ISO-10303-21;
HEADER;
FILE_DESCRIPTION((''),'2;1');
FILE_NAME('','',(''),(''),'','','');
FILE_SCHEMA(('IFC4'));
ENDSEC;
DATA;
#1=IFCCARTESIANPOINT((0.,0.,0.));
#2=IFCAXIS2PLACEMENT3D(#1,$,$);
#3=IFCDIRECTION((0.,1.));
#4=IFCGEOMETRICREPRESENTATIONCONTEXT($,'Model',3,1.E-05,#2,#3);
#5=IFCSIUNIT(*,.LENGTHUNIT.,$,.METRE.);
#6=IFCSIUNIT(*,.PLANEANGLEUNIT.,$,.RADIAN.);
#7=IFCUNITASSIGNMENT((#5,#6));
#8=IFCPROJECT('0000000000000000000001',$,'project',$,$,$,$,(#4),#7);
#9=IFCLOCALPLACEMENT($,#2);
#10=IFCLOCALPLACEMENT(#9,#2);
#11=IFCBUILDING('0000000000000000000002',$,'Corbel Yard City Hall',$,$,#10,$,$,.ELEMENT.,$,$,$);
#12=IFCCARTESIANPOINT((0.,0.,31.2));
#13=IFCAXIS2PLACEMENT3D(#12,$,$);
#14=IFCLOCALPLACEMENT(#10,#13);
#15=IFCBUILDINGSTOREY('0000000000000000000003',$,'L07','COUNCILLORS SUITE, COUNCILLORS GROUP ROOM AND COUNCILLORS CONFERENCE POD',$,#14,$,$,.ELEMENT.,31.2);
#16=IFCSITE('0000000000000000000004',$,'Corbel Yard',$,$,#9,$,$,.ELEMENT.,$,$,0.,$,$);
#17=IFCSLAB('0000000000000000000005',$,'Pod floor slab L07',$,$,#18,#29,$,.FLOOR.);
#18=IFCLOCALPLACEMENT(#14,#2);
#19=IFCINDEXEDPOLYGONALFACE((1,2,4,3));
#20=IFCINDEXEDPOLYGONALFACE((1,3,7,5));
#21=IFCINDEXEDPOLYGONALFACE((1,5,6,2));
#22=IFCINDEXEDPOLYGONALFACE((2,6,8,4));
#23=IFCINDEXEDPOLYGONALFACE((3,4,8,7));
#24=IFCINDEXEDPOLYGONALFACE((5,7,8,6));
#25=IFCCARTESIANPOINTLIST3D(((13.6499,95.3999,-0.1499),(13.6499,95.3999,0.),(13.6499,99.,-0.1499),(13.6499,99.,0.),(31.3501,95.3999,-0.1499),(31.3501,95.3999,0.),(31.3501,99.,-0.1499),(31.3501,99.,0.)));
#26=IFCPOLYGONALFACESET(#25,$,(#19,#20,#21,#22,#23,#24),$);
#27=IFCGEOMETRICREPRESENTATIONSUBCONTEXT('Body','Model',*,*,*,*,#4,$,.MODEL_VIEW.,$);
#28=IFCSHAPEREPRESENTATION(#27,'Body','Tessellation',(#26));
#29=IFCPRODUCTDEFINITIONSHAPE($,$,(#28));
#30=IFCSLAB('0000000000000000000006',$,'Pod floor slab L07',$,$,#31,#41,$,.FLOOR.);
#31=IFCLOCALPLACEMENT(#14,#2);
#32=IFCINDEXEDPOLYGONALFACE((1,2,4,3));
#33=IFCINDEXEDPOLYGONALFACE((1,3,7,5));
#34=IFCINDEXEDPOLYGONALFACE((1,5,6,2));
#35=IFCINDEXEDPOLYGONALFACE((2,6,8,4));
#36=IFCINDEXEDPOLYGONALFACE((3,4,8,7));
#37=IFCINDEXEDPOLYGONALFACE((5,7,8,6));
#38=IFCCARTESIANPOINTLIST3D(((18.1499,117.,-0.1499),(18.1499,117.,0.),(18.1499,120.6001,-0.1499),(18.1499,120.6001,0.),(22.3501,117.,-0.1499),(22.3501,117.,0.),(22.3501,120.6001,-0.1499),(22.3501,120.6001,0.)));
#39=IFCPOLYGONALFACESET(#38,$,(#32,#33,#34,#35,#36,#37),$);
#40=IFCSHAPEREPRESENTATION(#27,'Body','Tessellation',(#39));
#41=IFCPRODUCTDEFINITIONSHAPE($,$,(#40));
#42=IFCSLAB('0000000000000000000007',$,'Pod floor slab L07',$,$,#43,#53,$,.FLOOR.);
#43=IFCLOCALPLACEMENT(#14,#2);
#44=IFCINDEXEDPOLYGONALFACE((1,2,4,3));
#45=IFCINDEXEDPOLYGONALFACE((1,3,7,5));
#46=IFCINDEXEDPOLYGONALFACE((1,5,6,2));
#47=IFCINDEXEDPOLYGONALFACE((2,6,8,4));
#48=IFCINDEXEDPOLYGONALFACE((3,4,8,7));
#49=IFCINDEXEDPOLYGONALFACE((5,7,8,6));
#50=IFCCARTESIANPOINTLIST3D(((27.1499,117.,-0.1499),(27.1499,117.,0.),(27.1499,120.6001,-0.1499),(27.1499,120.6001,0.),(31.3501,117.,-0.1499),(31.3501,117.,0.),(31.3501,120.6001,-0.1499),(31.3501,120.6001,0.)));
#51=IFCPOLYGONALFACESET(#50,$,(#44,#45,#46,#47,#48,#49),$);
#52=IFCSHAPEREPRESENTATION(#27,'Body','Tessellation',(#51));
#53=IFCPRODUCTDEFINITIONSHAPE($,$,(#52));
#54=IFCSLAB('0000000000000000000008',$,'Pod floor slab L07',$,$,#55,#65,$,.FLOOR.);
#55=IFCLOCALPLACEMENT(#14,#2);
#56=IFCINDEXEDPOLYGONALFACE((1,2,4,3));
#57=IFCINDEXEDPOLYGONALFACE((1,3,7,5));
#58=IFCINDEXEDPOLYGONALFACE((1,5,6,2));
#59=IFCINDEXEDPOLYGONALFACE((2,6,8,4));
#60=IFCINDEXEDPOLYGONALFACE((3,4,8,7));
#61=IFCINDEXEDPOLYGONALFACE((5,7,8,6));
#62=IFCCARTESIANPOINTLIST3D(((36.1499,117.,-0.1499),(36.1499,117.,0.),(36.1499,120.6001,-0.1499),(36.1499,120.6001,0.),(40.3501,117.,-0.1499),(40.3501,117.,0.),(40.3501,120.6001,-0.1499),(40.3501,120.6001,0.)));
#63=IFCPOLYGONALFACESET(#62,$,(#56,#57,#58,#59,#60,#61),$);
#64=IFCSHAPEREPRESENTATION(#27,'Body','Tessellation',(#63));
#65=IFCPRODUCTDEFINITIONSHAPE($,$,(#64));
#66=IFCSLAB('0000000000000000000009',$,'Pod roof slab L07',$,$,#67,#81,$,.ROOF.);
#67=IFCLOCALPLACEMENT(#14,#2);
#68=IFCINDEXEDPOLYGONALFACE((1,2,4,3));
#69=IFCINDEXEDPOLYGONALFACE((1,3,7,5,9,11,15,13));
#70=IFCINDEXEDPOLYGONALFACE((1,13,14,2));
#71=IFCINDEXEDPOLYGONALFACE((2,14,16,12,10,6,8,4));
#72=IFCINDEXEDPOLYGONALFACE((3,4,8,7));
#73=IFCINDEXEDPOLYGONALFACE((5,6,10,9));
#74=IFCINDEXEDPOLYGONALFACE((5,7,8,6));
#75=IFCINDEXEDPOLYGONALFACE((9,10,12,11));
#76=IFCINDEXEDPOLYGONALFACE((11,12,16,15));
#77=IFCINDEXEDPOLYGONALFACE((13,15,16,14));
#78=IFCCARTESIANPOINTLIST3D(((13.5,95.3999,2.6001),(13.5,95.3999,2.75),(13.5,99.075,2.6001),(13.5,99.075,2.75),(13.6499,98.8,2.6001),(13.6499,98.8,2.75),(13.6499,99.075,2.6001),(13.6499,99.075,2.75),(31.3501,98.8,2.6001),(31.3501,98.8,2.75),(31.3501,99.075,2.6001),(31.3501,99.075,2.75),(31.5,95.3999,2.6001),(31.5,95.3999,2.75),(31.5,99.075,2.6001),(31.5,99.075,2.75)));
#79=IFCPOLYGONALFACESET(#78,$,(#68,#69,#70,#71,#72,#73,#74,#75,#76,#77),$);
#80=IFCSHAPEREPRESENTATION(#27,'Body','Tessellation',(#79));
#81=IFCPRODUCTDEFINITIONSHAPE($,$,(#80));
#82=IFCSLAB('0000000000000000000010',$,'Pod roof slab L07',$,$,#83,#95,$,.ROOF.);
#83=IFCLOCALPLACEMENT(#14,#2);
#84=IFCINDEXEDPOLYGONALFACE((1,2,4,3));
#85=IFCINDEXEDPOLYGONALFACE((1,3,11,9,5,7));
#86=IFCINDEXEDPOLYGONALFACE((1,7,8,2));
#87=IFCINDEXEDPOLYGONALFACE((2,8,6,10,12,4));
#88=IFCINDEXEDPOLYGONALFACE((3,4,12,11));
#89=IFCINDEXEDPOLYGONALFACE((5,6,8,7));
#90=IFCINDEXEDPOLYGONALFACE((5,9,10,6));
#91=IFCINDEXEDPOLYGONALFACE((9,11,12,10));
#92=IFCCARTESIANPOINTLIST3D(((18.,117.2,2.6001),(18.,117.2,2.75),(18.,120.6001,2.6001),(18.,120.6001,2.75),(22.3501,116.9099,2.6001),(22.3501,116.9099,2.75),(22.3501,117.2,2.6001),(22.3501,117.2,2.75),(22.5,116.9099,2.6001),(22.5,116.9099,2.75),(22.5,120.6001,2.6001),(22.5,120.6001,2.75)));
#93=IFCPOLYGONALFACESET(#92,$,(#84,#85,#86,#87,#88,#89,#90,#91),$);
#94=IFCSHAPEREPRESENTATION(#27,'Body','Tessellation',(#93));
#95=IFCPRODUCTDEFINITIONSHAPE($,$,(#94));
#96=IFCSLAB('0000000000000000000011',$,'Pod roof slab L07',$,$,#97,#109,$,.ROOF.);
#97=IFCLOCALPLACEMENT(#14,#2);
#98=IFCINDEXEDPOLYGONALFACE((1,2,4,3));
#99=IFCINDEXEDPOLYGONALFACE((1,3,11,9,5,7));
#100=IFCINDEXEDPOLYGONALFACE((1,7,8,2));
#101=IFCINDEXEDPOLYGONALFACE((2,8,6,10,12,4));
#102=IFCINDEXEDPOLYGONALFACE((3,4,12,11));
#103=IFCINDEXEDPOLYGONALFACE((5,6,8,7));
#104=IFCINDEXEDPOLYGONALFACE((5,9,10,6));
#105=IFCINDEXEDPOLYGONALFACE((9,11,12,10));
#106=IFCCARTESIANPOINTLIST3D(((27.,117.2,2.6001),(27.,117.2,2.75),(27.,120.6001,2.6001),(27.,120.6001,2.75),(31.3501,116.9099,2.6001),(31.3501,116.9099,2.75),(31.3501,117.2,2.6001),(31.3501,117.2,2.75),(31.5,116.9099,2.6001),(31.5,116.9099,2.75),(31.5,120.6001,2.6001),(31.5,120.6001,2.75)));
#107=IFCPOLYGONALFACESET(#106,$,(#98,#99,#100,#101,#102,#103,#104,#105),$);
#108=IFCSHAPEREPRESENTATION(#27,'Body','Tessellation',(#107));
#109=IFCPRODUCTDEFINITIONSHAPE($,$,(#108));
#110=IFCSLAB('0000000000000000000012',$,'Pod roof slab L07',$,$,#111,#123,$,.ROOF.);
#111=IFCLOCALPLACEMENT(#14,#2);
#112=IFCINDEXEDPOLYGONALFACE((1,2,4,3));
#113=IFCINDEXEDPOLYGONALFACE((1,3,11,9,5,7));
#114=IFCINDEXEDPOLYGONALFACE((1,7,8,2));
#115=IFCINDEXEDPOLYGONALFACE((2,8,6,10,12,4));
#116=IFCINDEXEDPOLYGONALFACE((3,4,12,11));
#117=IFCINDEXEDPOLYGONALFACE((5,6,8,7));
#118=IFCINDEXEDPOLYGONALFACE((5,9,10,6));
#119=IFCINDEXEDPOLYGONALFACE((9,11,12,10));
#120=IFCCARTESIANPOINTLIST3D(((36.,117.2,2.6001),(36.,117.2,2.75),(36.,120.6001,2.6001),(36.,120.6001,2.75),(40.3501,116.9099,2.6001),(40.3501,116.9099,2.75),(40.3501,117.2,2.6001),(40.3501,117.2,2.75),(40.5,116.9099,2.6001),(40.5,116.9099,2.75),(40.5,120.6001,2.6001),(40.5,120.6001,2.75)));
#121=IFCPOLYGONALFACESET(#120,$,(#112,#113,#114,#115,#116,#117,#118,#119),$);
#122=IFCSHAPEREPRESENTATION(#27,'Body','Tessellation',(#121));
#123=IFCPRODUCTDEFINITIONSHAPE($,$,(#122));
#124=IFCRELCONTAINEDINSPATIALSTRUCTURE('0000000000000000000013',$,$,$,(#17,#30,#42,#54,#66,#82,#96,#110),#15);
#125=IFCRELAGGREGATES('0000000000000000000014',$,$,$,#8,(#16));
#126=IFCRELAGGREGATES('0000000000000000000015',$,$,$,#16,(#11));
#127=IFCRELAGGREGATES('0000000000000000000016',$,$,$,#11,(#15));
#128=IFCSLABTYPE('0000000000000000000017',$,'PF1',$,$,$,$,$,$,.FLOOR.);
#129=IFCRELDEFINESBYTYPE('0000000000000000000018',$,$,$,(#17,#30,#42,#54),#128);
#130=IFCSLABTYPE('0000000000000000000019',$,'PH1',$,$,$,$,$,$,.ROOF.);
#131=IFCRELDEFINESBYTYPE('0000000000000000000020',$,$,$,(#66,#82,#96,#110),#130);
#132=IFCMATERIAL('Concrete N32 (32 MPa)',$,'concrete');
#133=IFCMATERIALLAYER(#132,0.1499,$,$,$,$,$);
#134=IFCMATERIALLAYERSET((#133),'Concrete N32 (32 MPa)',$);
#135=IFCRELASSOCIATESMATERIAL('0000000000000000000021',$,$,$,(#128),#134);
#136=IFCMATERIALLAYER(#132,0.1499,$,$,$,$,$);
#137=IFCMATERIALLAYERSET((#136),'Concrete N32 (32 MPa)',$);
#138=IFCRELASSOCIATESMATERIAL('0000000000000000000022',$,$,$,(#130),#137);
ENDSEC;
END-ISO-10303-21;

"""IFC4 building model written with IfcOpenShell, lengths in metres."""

from ifc_helpers import new_model, si_unit, direction, frame, origin, place, context, subcontext, project, spatial, polyline, outline, extrude, material, layer, layer_set, type_object, element, save


model = new_model("IFC4")

# Units and contexts
model_context = context("Model", 3, precision=1e-05, world=origin(), true_north=direction((0.0, 1.0)))
body_context = subcontext(model_context, "Body", "Model", "MODEL_VIEW")
ifc_project = project(units=[si_unit("LENGTHUNIT", "METRE"), si_unit("PLANEANGLEUNIT", "RADIAN")], contexts=[model_context])

# Site, building, storey
site_placement = place(None, origin())
site = spatial("IfcSite", under=ifc_project, at=site_placement, Name="Corbel Yard", CompositionType="ELEMENT", RefElevation=0.0)
building_placement = place(site_placement, origin())
building = spatial("IfcBuilding", under=site, at=building_placement, Name="Corbel Yard City Hall", CompositionType="ELEMENT")
storey_placement = place(building_placement, frame((0.0, 0.0, 31.2)))
storey = spatial("IfcBuildingStorey", under=building, at=storey_placement, Name="L07", Description="COUNCILLORS SUITE, COUNCILLORS GROUP ROOM AND COUNCILLORS CONFERENCE POD", CompositionType="ELEMENT", Elevation=31.2)

# Slabs
ifc_material_1 = material(Name="Concrete N32 (32 MPa)", Category="concrete")
ifc_layer_1 = layer(ifc_material_1, 0.1499)
ifc_layer_set_1 = layer_set([ifc_layer_1], Name="Concrete N32 (32 MPa)")
slab_type_1 = type_object("IfcSlabType", Name="PF1", PredefinedType="FLOOR", material=ifc_layer_set_1)
slab_1_placement = place(storey_placement, frame((0.0, 0.0, -0.1499)))
element("IfcSlab", 1, at=slab_1_placement, inside=storey, type_object=slab_type_1, Name="Pod floor slab L07", PredefinedType="FLOOR", context=body_context, shape_type="SweptSolid", body=[
    extrude(outline(polyline([(13.6499, 95.3999), (31.3501, 95.3999), (31.3501, 99.0), (13.6499, 99.0), (13.6499, 95.3999)])), origin(), (0.0, 0.0, 1.0), 0.1499),
])
slab_2_placement = place(storey_placement, frame((0.0, 0.0, -0.1499)))
element("IfcSlab", 2, at=slab_2_placement, inside=storey, type_object=slab_type_1, Name="Pod floor slab L07", PredefinedType="FLOOR", context=body_context, shape_type="SweptSolid", body=[
    extrude(outline(polyline([(18.1499, 117.0), (22.3501, 117.0), (22.3501, 120.6001), (18.1499, 120.6001), (18.1499, 117.0)])), origin(), (0.0, 0.0, 1.0), 0.1499),
])
slab_3_placement = place(storey_placement, frame((0.0, 0.0, -0.1499)))
element("IfcSlab", 3, at=slab_3_placement, inside=storey, type_object=slab_type_1, Name="Pod floor slab L07", PredefinedType="FLOOR", context=body_context, shape_type="SweptSolid", body=[
    extrude(outline(polyline([(27.1499, 117.0), (31.3501, 117.0), (31.3501, 120.6001), (27.1499, 120.6001), (27.1499, 117.0)])), origin(), (0.0, 0.0, 1.0), 0.1499),
])
slab_4_placement = place(storey_placement, frame((0.0, 0.0, -0.1499)))
element("IfcSlab", 4, at=slab_4_placement, inside=storey, type_object=slab_type_1, Name="Pod floor slab L07", PredefinedType="FLOOR", context=body_context, shape_type="SweptSolid", body=[
    extrude(outline(polyline([(36.1499, 117.0), (40.3501, 117.0), (40.3501, 120.6001), (36.1499, 120.6001), (36.1499, 117.0)])), origin(), (0.0, 0.0, 1.0), 0.1499),
])
ifc_layer_2 = layer(ifc_material_1, 0.1499)
ifc_layer_set_2 = layer_set([ifc_layer_2], Name="Concrete N32 (32 MPa)")
slab_type_2 = type_object("IfcSlabType", Name="PH1", PredefinedType="ROOF", material=ifc_layer_set_2)
slab_5_placement = place(storey_placement, frame((0.0, 0.0, 2.6001)))
element("IfcSlab", 5, at=slab_5_placement, inside=storey, type_object=slab_type_2, Name="Pod roof slab L07", PredefinedType="ROOF", context=body_context, shape_type="SweptSolid", body=[
    extrude(outline(polyline([(13.5, 95.3999), (31.5, 95.3999), (31.5, 99.075), (31.3501, 99.075), (31.3501, 98.8), (13.6499, 98.8), (13.6499, 99.075), (13.5, 99.075), (13.5, 95.3999)])), origin(), (0.0, 0.0, 1.0), 0.1499),
])
slab_6_placement = place(storey_placement, frame((0.0, 0.0, 2.6001)))
element("IfcSlab", 6, at=slab_6_placement, inside=storey, type_object=slab_type_2, Name="Pod roof slab L07", PredefinedType="ROOF", context=body_context, shape_type="SweptSolid", body=[
    extrude(outline(polyline([(18.0, 120.6001), (18.0, 117.2), (22.3501, 117.2), (22.3501, 116.9099), (22.5, 116.9099), (22.5, 120.6001), (18.0, 120.6001)])), origin(), (0.0, 0.0, 1.0), 0.1499),
])
slab_7_placement = place(storey_placement, frame((0.0, 0.0, 2.6001)))
element("IfcSlab", 7, at=slab_7_placement, inside=storey, type_object=slab_type_2, Name="Pod roof slab L07", PredefinedType="ROOF", context=body_context, shape_type="SweptSolid", body=[
    extrude(outline(polyline([(27.0, 120.6001), (27.0, 117.2), (31.3501, 117.2), (31.3501, 116.9099), (31.5, 116.9099), (31.5, 120.6001), (27.0, 120.6001)])), origin(), (0.0, 0.0, 1.0), 0.1499),
])
slab_8_placement = place(storey_placement, frame((0.0, 0.0, 2.6001)))
element("IfcSlab", 8, at=slab_8_placement, inside=storey, type_object=slab_type_2, Name="Pod roof slab L07", PredefinedType="ROOF", context=body_context, shape_type="SweptSolid", body=[
    extrude(outline(polyline([(36.0, 120.6001), (36.0, 117.2), (40.3501, 117.2), (40.3501, 116.9099), (40.5, 116.9099), (40.5, 120.6001), (36.0, 120.6001)])), origin(), (0.0, 0.0, 1.0), 0.1499),
])

save(model, "model.ifc")
